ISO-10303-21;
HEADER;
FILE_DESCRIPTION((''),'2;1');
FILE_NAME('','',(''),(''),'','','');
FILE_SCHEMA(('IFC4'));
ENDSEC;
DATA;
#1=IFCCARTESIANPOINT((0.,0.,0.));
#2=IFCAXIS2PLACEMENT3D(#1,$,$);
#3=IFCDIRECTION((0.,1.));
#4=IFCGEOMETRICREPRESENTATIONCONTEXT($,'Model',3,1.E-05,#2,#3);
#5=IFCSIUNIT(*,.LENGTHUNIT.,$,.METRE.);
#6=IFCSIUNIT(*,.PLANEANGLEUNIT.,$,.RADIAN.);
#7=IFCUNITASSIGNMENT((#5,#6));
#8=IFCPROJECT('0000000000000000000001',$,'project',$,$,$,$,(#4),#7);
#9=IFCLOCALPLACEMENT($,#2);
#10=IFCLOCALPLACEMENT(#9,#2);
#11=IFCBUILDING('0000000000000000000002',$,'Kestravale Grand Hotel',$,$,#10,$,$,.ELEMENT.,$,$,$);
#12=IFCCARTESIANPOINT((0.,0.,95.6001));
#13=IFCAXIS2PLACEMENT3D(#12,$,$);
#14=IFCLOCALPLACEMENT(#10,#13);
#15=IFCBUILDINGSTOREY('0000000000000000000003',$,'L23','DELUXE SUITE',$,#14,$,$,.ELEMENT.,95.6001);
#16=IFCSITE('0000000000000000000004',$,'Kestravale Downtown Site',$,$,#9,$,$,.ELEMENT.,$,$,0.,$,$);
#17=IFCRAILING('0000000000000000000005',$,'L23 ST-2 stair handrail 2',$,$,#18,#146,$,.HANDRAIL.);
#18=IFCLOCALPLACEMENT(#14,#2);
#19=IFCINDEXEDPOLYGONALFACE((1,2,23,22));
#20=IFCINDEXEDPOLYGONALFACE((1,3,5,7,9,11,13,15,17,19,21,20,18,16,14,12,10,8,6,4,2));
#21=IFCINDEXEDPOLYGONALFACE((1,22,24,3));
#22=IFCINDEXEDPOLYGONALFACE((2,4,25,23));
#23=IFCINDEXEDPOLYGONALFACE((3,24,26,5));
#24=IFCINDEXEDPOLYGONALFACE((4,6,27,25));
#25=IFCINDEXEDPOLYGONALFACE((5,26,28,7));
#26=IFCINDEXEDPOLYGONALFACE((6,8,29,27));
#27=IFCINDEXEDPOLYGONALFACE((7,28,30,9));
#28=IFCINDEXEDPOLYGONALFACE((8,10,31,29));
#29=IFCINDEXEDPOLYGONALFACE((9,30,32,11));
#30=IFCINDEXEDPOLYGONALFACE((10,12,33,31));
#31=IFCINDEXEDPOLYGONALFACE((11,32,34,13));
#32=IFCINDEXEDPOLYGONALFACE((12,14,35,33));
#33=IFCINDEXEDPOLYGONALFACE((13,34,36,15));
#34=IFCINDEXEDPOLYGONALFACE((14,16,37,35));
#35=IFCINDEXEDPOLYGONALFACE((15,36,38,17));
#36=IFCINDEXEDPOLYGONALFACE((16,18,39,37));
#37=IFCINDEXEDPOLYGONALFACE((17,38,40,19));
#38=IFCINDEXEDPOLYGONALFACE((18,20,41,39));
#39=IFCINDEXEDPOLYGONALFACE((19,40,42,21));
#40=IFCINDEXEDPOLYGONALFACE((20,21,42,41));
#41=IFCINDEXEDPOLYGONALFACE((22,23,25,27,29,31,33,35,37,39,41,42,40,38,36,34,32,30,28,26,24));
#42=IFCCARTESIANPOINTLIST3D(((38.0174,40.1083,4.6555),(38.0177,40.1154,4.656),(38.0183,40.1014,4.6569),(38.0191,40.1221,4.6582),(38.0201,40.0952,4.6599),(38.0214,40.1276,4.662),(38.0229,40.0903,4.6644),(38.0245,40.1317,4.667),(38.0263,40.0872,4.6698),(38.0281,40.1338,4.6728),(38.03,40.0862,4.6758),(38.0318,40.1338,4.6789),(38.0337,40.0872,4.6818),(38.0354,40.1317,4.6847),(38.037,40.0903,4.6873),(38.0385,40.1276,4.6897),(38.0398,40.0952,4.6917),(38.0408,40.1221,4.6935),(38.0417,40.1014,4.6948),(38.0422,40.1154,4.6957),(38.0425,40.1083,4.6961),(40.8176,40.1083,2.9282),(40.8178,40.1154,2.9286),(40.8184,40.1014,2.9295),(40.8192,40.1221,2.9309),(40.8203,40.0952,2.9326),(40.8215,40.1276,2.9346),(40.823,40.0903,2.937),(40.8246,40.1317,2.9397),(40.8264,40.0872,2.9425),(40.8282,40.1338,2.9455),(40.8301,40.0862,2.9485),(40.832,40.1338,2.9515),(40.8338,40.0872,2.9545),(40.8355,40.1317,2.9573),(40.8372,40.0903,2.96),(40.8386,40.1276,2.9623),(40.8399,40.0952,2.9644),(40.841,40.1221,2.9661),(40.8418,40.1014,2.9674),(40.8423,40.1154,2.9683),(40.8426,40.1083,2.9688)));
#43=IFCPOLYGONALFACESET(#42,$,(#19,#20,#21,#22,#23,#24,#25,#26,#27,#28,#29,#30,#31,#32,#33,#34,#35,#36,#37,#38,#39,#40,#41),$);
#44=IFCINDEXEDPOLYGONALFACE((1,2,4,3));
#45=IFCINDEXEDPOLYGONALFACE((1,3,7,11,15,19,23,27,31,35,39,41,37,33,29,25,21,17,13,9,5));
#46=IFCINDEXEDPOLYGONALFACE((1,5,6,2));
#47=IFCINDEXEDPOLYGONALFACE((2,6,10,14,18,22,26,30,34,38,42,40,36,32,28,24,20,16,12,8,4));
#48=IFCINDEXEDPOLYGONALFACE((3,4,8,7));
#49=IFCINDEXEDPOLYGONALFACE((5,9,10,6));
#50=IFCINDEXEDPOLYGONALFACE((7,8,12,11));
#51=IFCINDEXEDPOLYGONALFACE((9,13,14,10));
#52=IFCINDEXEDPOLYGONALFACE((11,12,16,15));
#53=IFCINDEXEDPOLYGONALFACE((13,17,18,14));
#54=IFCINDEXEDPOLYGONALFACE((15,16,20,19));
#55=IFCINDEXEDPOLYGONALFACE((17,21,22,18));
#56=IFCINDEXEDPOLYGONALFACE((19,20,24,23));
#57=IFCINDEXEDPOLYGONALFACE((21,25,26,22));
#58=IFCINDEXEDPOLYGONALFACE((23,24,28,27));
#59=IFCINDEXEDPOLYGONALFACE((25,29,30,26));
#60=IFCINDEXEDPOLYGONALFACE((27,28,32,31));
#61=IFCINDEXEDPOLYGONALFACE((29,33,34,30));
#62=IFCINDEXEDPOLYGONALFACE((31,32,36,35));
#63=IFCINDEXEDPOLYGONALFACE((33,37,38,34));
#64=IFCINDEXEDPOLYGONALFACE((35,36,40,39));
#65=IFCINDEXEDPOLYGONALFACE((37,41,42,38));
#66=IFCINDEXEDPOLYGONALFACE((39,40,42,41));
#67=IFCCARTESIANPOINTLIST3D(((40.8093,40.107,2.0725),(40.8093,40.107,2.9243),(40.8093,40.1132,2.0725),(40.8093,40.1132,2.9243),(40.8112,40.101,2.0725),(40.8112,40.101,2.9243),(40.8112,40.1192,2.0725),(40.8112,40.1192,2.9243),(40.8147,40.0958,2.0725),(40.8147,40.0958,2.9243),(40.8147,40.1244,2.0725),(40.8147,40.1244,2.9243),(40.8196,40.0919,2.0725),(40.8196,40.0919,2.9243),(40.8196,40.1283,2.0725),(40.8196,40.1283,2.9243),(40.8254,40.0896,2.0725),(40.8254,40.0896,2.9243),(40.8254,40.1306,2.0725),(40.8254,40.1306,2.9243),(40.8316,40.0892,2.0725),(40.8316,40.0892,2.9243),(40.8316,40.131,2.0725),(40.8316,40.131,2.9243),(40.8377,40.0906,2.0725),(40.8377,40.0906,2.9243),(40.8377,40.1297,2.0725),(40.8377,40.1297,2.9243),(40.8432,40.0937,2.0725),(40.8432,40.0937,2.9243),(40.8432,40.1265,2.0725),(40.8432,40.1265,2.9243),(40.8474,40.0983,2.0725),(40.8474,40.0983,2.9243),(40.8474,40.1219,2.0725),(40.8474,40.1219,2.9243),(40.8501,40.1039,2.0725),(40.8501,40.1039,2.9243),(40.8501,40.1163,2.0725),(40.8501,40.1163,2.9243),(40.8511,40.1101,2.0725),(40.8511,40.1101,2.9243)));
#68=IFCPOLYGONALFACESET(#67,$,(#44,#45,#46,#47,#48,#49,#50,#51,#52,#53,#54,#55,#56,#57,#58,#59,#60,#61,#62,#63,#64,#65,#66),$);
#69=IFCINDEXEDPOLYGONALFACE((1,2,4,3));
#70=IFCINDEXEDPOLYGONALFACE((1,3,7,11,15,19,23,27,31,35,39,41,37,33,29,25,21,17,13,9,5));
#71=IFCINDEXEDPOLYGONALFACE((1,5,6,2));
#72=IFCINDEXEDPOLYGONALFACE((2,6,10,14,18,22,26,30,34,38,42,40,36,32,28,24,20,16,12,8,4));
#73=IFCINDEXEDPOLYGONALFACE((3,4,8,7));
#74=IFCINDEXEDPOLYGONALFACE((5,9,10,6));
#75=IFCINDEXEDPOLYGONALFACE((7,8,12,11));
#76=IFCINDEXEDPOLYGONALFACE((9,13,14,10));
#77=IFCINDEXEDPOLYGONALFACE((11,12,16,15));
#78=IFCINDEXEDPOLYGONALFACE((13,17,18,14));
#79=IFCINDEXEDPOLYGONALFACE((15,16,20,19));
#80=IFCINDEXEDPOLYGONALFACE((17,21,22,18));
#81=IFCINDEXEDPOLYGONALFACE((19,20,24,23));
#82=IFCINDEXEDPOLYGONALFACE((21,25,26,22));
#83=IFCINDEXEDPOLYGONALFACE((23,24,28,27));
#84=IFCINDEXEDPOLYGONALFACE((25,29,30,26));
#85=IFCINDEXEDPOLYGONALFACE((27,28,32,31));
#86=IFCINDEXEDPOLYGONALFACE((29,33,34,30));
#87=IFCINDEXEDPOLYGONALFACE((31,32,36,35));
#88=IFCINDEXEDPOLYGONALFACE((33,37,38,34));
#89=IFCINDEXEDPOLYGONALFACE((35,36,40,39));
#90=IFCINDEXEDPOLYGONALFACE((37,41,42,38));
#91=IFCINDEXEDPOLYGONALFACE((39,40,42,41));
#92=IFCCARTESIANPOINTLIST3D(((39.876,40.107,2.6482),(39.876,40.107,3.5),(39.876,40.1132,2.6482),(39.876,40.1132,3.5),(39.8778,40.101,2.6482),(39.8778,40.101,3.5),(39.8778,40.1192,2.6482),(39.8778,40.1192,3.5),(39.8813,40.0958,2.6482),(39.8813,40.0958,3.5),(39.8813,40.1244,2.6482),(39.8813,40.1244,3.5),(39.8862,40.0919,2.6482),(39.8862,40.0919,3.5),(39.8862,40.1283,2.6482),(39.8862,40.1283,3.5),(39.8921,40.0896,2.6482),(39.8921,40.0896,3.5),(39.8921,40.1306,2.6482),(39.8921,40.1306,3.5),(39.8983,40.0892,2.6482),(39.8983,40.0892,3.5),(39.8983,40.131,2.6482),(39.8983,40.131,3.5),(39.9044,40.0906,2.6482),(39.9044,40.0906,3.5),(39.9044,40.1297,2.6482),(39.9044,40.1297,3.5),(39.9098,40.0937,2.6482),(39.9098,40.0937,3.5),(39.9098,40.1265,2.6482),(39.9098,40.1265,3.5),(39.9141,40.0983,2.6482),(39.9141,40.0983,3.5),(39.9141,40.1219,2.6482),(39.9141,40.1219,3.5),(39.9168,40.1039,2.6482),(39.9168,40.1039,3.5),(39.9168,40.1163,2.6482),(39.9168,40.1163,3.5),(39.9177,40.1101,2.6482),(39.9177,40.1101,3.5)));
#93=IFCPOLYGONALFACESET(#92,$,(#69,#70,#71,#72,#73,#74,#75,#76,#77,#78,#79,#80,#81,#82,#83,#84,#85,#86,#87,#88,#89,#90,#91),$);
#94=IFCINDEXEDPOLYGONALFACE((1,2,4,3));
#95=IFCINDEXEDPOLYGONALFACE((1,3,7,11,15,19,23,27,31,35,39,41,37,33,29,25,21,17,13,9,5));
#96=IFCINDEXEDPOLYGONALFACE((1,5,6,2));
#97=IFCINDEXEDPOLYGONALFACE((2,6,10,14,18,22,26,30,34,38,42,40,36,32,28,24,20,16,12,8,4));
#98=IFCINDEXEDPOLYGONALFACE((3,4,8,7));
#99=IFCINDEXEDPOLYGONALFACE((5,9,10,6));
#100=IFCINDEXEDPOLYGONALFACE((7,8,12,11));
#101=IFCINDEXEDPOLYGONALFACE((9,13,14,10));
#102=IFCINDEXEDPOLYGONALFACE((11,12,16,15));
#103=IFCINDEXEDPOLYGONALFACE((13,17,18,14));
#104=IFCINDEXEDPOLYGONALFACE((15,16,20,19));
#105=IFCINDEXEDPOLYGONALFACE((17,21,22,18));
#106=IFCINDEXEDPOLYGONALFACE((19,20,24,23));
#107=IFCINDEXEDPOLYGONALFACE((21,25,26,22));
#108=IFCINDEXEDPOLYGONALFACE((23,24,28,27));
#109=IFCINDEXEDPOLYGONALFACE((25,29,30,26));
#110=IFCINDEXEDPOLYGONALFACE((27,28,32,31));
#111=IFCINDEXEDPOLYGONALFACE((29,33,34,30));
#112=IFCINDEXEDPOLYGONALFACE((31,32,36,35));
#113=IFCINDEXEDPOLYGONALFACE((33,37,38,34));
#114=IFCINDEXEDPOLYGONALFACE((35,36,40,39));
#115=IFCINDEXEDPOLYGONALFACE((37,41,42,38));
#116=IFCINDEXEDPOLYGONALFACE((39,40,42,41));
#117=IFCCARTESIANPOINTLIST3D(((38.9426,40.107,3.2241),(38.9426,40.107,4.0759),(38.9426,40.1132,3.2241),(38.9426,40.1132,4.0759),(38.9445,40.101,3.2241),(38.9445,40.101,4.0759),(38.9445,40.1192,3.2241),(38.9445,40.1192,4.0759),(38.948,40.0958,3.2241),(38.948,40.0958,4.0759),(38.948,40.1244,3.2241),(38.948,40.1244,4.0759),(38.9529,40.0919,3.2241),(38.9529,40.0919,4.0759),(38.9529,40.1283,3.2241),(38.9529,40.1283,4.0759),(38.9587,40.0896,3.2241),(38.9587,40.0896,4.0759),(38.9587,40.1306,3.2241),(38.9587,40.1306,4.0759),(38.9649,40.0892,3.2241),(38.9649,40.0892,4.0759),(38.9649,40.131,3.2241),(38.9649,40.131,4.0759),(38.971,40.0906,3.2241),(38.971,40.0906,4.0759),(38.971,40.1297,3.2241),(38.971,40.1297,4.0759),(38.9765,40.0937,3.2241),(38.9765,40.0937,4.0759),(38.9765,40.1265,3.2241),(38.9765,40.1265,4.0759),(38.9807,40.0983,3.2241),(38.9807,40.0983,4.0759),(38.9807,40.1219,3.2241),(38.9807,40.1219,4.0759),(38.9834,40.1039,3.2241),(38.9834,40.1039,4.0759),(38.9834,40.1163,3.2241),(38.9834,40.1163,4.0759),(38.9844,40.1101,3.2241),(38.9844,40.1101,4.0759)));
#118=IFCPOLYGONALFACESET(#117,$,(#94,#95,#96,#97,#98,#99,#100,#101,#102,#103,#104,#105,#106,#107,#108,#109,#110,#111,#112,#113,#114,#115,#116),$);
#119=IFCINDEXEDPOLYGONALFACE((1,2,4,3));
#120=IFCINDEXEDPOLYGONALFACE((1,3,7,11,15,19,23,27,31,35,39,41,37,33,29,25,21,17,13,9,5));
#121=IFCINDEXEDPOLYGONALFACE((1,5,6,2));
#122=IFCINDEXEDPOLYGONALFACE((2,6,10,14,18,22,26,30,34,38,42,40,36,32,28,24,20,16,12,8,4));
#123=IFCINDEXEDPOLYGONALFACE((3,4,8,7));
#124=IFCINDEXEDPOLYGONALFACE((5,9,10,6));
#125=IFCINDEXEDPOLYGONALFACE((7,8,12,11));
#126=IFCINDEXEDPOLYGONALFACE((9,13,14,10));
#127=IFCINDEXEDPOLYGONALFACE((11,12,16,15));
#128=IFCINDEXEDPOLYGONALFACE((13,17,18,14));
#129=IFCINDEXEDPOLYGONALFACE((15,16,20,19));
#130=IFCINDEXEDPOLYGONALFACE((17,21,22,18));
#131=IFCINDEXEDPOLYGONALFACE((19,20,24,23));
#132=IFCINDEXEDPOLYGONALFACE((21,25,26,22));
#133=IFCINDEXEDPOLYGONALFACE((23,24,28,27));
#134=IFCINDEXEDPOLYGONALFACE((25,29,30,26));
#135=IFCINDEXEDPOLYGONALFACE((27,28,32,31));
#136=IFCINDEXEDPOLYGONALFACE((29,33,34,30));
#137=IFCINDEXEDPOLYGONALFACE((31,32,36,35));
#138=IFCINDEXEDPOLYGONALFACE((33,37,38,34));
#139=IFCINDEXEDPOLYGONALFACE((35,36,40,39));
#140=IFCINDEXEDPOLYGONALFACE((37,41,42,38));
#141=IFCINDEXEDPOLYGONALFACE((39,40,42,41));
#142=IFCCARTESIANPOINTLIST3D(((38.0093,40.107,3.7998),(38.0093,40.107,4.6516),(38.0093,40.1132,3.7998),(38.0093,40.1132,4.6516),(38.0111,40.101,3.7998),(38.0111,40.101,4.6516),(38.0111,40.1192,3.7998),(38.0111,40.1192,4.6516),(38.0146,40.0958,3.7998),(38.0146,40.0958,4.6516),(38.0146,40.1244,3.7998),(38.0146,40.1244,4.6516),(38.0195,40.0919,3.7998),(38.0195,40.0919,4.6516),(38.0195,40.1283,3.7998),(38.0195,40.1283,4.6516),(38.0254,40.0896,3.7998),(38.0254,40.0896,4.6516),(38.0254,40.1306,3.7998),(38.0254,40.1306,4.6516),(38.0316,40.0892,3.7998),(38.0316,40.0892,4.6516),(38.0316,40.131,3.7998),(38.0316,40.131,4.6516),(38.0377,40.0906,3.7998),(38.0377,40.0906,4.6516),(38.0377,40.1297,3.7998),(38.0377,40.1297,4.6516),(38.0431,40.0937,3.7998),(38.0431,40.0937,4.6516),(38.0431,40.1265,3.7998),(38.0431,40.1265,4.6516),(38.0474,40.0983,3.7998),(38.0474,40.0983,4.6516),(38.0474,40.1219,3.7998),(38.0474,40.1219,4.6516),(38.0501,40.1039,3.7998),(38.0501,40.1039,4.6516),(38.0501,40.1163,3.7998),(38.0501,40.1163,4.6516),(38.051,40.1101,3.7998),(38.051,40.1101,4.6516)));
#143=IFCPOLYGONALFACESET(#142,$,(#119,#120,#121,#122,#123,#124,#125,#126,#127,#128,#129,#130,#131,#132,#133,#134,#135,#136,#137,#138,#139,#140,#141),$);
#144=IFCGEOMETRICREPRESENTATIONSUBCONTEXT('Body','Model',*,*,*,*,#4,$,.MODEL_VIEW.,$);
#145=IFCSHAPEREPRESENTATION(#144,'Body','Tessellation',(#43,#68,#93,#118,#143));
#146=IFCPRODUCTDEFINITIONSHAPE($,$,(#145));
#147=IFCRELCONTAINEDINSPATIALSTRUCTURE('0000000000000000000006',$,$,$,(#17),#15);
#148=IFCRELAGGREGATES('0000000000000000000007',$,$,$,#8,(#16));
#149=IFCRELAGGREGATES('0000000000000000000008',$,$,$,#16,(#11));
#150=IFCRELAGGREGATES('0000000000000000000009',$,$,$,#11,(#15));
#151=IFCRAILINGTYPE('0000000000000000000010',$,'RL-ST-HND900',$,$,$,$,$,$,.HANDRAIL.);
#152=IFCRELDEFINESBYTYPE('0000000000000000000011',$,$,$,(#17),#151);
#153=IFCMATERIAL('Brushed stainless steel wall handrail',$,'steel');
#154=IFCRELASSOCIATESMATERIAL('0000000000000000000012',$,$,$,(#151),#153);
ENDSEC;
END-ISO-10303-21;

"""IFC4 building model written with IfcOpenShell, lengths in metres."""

from ifc_helpers import new_model, si_unit, direction, frame, origin, origin_2d, place, context, subcontext, project, spatial, circle, extrude, material, type_object, element, save


model = new_model("IFC4")

# Units and contexts
model_context = context("Model", 3, precision=1e-05, world=origin(), true_north=direction((0.0, 1.0)))
body_context = subcontext(model_context, "Body", "Model", "MODEL_VIEW")
ifc_project = project(units=[si_unit("LENGTHUNIT", "METRE"), si_unit("PLANEANGLEUNIT", "RADIAN")], contexts=[model_context])

# Site, building, storey
site_placement = place(None, origin())
site = spatial("IfcSite", under=ifc_project, at=site_placement, Name="Kestravale Downtown Site", CompositionType="ELEMENT", RefElevation=0.0)
building_placement = place(site_placement, origin())
building = spatial("IfcBuilding", under=site, at=building_placement, Name="Kestravale Grand Hotel", CompositionType="ELEMENT")
storey_placement = place(building_placement, frame((0.0, 0.0, 95.6001)))
storey = spatial("IfcBuildingStorey", under=building, at=storey_placement, Name="L23", Description="DELUXE SUITE", CompositionType="ELEMENT", Elevation=95.6001)

# Railing
ifc_material_1 = material(Name="Brushed stainless steel wall handrail", Category="steel")
railing_type_1 = type_object("IfcRailingType", Name="RL-ST-HND900", PredefinedType="HANDRAIL", material=ifc_material_1)
railing_1_placement = place(storey_placement, frame((40.8301, 40.1101, 2.0725)))
element("IfcRailing", 1, at=railing_1_placement, inside=storey, type_object=railing_type_1, Name="L23 ST-2 stair handrail 2", PredefinedType="HANDRAIL", context=body_context, shape_type="SweptSolid", body=[
    extrude(circle(Radius=0.0239, at=origin_2d()), frame((0.0, 0.0, 0.876), z_axis=(-0.85109, 0.0, 0.52502), x_axis=(0.0, -1.0, 0.0)), (0.0, 0.0, 1.0), 3.29),
    extrude(circle(Radius=0.021, at=origin_2d()), origin(), (0.0, 0.0, 1.0), 0.8518),
    extrude(circle(Radius=0.021, at=origin_2d()), frame((-0.9333, 0.0, 0.5757)), (0.0, 0.0, 1.0), 0.8518),
    extrude(circle(Radius=0.021, at=origin_2d()), frame((-1.8667, 0.0, 1.1516)), (0.0, 0.0, 1.0), 0.8518),
    extrude(circle(Radius=0.021, at=origin_2d()), frame((-2.8, 0.0, 1.7273)), (0.0, 0.0, 1.0), 0.8518),
])

save(model, "model.ifc")
